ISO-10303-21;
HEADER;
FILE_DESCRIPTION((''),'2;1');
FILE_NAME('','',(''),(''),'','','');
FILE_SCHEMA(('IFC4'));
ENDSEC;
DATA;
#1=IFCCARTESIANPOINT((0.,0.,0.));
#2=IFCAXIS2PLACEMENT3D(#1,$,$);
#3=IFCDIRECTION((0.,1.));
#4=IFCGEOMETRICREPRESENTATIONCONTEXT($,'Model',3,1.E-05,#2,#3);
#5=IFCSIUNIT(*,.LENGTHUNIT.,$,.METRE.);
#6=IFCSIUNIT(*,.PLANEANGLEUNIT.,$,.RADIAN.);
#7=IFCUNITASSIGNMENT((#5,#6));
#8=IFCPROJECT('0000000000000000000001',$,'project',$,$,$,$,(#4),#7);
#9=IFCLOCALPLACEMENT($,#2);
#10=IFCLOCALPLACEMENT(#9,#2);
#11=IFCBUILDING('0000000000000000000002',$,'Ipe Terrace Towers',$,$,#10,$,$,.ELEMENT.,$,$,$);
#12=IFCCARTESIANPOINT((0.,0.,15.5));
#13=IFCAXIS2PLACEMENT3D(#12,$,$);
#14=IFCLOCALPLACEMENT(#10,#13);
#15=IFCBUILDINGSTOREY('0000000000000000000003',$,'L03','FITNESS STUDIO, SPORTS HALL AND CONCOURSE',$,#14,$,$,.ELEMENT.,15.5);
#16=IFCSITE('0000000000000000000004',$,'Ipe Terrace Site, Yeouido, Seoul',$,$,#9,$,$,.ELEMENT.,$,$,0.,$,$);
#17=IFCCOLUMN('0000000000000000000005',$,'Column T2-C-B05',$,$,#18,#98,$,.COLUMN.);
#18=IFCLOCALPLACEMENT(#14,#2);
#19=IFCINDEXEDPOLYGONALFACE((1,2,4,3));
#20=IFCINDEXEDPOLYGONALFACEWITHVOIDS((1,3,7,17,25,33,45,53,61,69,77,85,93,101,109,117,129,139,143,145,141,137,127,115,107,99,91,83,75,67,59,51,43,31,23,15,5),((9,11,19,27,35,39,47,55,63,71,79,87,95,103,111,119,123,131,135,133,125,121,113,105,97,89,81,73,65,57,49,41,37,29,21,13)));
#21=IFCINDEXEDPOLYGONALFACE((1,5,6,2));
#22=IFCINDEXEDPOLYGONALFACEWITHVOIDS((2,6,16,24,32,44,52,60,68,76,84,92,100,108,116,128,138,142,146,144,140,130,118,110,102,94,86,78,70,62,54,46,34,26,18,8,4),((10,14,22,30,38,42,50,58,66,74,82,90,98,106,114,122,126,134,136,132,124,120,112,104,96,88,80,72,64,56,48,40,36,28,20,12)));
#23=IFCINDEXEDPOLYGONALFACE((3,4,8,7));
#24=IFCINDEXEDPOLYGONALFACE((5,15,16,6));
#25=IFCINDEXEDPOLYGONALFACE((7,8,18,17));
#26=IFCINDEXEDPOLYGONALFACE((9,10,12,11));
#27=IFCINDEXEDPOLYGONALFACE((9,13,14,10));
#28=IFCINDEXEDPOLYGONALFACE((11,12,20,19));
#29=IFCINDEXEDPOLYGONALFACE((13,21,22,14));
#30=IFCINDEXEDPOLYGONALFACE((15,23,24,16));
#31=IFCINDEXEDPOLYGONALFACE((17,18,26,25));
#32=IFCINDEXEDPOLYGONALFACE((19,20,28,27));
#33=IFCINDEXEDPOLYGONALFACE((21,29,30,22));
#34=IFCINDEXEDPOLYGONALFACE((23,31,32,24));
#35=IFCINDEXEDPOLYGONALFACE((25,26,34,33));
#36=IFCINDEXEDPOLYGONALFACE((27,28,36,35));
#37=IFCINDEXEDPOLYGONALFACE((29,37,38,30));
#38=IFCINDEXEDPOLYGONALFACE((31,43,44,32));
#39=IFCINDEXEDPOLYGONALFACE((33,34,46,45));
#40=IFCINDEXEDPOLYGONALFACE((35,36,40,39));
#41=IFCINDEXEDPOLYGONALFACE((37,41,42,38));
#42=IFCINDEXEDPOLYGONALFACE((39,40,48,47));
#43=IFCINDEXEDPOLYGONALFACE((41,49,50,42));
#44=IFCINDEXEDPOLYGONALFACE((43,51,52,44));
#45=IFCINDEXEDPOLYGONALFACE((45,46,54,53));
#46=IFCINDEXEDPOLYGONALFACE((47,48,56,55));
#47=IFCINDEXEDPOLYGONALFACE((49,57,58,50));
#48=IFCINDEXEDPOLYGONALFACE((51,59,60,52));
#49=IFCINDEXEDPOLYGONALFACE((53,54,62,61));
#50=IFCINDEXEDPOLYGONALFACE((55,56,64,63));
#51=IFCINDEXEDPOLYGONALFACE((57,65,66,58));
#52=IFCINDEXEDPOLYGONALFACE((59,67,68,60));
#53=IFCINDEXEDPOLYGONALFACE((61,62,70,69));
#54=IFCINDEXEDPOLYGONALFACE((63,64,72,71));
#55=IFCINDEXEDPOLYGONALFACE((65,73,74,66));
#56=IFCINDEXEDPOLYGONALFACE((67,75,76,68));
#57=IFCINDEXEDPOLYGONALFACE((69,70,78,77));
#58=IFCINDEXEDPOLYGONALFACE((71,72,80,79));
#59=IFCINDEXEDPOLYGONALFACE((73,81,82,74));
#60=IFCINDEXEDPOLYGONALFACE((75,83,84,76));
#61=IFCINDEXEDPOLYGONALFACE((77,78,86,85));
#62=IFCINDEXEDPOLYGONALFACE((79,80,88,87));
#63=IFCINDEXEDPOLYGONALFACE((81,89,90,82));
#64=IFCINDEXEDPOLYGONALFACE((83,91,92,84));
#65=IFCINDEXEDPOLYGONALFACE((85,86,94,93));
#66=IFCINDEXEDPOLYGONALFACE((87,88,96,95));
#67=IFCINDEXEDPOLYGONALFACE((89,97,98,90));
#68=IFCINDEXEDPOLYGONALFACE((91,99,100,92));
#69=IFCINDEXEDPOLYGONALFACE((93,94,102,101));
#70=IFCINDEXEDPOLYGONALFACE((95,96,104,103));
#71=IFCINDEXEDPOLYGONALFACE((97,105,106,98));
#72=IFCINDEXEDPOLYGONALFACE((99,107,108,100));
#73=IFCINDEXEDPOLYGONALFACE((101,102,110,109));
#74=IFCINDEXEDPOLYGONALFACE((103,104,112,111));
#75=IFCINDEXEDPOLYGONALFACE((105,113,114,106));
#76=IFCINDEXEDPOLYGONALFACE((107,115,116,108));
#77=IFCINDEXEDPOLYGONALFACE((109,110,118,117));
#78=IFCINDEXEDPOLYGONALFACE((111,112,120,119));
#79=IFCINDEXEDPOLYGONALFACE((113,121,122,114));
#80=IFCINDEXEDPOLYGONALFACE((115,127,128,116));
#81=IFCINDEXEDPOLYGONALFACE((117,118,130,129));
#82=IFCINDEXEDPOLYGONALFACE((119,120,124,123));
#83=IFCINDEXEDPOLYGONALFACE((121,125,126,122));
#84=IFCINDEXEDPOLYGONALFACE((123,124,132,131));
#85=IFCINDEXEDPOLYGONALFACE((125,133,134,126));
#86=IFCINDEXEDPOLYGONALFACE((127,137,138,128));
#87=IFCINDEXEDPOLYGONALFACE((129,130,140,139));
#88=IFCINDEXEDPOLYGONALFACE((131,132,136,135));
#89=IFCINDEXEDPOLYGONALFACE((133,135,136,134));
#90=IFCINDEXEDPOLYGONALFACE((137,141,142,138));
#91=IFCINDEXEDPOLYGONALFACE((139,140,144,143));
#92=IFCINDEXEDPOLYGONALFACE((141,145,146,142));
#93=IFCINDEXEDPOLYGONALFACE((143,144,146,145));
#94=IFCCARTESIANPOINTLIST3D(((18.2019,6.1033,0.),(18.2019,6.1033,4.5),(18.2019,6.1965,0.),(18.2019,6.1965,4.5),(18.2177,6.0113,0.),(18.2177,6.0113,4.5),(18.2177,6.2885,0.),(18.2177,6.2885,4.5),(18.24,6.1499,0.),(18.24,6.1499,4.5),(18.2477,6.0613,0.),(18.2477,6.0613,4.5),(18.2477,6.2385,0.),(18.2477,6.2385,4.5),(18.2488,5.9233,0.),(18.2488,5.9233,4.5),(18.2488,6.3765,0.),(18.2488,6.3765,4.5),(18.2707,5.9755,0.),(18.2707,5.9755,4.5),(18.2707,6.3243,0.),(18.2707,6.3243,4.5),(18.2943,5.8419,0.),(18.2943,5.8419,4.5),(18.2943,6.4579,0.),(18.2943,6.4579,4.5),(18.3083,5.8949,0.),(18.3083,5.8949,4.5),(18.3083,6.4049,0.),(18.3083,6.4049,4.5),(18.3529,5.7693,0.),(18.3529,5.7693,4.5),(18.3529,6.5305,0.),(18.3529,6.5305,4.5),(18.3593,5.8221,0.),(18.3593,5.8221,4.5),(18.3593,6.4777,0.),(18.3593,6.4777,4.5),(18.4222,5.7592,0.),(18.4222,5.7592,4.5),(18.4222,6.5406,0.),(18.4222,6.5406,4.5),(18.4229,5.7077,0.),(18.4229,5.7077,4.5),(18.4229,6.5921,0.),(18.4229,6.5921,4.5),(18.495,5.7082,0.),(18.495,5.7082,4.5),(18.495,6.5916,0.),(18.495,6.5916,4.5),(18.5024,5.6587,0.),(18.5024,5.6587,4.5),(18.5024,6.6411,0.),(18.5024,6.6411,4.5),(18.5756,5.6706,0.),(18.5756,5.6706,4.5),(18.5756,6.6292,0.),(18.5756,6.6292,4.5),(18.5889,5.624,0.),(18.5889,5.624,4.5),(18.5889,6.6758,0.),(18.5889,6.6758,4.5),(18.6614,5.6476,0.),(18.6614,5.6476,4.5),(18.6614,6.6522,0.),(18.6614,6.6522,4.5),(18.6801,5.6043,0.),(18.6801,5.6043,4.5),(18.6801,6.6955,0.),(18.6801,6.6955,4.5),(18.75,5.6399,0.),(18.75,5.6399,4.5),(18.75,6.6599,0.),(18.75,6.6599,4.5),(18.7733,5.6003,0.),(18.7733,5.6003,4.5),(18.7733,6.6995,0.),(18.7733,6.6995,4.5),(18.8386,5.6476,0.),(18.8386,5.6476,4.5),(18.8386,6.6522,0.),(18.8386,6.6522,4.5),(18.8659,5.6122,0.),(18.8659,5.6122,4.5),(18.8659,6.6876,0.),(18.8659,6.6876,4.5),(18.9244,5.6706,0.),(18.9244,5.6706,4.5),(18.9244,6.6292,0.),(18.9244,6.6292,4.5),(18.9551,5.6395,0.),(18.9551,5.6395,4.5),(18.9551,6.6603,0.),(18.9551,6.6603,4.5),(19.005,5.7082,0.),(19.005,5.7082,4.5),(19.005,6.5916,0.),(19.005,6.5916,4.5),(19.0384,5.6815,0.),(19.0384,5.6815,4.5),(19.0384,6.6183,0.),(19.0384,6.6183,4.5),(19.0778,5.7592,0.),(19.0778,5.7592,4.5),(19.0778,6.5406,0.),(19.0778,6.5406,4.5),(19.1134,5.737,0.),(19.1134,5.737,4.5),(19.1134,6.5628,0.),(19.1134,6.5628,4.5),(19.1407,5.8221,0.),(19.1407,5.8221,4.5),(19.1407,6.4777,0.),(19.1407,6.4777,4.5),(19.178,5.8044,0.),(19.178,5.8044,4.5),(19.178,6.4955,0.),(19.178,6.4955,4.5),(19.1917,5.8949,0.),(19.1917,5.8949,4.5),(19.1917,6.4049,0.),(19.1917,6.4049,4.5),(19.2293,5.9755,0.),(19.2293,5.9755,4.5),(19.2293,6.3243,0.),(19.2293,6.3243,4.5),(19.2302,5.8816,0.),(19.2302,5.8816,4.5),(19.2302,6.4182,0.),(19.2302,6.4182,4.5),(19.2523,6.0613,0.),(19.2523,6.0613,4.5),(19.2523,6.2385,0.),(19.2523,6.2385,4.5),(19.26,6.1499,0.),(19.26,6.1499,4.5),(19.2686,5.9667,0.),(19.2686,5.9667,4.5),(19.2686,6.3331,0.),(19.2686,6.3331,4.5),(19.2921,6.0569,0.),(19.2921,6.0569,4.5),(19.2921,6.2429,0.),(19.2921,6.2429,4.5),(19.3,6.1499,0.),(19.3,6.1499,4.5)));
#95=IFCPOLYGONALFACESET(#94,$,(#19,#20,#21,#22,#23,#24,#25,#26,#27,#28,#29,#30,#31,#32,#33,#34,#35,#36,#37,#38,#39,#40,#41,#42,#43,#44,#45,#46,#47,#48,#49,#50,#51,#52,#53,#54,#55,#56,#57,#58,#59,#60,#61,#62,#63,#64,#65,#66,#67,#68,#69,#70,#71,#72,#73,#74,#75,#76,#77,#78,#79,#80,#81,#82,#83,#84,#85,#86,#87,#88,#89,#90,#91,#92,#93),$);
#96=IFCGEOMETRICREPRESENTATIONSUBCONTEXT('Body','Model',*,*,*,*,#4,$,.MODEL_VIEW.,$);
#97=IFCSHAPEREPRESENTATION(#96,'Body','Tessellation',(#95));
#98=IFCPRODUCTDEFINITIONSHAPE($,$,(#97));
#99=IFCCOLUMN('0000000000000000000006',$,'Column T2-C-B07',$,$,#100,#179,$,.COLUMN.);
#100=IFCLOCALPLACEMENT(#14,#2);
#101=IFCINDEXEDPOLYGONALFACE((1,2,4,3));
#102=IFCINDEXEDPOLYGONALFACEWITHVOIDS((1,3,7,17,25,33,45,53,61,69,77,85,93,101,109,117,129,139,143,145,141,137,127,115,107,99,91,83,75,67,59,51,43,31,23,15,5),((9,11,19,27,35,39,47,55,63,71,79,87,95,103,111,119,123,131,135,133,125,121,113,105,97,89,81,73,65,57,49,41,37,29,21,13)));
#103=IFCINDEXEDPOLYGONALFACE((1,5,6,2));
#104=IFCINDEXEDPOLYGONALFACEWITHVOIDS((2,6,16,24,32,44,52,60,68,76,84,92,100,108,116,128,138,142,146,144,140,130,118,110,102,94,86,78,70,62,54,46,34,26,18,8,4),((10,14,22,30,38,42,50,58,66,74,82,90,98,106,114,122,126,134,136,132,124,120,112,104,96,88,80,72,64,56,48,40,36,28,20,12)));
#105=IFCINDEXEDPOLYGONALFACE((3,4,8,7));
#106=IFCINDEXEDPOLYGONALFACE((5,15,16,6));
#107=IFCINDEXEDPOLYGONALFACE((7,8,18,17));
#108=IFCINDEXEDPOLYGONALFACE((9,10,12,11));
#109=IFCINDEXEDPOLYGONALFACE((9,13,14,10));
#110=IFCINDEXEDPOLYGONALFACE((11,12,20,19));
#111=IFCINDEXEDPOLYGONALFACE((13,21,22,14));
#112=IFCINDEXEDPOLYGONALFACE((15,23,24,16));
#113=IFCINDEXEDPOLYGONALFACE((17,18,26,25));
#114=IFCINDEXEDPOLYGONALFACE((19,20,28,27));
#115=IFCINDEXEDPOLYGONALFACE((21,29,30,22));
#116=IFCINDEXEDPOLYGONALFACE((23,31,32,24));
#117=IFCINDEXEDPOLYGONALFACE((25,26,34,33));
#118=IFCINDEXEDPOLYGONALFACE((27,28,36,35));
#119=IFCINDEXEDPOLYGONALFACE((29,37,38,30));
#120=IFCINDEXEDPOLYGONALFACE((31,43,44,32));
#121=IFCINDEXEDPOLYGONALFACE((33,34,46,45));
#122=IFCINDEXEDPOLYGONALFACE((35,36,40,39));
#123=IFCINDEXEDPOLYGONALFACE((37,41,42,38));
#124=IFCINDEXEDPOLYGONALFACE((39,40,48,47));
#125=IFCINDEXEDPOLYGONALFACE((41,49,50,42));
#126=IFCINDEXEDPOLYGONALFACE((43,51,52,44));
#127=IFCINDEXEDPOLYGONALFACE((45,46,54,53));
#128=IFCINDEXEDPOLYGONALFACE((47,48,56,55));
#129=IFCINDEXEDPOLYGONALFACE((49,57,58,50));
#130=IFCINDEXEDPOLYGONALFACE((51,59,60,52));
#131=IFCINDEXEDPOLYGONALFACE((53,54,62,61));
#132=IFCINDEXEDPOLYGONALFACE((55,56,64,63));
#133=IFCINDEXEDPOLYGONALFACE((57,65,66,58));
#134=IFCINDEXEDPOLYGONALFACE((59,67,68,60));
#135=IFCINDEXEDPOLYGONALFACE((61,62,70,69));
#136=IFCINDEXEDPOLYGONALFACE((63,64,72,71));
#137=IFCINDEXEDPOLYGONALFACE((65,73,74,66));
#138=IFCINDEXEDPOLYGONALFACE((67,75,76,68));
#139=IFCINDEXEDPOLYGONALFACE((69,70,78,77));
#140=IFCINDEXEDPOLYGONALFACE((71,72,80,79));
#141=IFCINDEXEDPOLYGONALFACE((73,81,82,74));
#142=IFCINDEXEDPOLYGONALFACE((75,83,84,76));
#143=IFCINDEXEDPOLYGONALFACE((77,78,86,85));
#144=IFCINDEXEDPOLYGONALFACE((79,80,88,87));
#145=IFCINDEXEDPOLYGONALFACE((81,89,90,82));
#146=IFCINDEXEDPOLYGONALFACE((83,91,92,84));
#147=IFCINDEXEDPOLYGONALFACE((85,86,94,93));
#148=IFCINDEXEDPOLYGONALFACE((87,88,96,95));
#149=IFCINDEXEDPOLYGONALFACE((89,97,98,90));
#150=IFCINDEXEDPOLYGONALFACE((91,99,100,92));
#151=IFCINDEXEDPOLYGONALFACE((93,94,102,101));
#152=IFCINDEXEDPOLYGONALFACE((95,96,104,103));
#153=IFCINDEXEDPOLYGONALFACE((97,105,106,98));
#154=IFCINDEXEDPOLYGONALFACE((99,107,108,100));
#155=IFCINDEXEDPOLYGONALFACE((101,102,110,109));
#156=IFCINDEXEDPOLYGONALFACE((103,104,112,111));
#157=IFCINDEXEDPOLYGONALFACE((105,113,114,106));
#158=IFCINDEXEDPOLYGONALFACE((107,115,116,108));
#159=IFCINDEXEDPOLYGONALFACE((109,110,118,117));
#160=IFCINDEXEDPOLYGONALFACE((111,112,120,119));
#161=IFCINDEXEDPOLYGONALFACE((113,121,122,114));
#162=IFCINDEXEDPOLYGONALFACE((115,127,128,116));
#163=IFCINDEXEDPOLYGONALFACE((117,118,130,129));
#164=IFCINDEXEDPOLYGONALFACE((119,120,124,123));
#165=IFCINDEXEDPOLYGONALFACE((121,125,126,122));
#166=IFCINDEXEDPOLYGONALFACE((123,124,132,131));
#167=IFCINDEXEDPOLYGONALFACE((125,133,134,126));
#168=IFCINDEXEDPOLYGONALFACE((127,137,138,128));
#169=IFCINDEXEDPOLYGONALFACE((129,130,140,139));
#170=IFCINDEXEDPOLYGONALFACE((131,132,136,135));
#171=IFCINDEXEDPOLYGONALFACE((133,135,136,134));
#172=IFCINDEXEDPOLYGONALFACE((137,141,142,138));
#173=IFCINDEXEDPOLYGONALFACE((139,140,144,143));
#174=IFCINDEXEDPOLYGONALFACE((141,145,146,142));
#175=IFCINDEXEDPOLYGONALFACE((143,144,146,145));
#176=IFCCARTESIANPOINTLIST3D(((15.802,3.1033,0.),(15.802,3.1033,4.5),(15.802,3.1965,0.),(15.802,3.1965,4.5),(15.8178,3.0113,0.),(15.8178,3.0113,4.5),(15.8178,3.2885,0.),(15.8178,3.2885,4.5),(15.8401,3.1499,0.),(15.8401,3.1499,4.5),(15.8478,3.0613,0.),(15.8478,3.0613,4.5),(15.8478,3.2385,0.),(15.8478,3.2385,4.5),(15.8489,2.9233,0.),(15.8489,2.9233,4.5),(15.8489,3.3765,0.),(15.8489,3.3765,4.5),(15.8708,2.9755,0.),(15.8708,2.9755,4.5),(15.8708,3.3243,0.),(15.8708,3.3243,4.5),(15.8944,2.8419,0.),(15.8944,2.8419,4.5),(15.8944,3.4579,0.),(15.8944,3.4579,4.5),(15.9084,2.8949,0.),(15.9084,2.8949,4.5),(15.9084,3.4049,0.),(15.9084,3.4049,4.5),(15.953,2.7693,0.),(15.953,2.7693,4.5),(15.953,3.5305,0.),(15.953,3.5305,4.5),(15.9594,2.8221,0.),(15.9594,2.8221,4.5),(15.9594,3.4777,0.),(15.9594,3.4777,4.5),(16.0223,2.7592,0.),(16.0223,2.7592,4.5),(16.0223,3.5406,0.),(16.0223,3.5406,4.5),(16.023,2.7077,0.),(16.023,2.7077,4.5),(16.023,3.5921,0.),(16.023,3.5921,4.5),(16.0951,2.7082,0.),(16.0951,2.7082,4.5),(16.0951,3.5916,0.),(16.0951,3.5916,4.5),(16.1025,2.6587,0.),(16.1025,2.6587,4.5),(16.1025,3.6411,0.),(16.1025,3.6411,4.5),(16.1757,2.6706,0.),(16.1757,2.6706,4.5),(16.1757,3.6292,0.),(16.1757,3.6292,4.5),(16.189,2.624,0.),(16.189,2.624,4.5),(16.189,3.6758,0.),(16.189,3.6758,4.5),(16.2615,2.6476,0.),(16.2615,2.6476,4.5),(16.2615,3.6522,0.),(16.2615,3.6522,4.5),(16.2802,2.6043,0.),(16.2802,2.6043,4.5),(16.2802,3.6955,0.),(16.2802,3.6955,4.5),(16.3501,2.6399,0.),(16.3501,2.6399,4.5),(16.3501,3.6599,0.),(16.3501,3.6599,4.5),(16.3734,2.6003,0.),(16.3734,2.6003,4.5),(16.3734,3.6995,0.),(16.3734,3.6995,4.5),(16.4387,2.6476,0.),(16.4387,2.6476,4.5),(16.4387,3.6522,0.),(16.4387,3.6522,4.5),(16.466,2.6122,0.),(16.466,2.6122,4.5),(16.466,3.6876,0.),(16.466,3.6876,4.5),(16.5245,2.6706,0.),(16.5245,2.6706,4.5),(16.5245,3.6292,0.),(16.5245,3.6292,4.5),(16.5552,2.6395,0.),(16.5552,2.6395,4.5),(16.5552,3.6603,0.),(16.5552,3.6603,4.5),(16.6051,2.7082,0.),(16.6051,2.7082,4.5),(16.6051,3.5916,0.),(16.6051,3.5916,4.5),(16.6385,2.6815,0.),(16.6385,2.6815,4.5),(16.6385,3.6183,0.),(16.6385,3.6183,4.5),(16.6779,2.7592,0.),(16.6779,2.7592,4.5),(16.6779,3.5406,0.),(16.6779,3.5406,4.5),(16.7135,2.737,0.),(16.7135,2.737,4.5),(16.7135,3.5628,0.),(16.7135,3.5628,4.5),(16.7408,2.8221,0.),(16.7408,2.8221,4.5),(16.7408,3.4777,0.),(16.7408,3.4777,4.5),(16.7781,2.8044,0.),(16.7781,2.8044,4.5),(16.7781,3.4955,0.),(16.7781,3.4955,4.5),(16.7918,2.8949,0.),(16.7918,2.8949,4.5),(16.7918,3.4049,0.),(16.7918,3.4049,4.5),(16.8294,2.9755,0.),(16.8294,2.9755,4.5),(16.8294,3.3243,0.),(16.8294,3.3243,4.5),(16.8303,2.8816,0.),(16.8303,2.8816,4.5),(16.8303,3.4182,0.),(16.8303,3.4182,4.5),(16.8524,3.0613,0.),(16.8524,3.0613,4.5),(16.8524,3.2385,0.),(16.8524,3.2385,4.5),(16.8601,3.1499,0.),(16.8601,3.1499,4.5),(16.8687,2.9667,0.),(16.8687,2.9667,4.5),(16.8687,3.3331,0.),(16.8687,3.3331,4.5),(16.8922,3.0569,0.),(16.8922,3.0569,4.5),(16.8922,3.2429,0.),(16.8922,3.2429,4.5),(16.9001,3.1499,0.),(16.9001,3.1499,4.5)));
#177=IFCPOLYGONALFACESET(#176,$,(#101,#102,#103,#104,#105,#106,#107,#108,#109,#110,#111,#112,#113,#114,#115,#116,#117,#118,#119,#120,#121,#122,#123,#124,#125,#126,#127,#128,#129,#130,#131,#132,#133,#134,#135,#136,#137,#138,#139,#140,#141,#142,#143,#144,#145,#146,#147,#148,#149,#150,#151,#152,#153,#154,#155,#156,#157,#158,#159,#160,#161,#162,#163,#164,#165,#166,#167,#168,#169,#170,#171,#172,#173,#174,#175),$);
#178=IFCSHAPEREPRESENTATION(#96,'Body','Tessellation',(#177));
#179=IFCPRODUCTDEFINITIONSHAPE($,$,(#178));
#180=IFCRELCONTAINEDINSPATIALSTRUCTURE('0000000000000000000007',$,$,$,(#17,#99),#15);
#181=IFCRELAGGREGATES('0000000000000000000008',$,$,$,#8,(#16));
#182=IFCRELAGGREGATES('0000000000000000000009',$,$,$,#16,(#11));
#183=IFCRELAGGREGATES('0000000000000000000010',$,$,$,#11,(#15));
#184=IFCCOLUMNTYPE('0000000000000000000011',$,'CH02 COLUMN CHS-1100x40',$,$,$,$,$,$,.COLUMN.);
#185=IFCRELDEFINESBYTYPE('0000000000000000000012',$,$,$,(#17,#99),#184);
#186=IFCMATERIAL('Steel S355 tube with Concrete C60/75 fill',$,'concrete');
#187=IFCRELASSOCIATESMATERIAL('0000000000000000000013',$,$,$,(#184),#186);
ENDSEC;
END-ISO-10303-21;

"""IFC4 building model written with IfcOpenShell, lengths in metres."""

from ifc_helpers import new_model, si_unit, direction, frame, origin, origin_2d, place, context, subcontext, project, spatial, hollow_circle, extrude, material, material_profile, profile_set, type_object, element, save


model = new_model("IFC4")

# Units and contexts
model_context = context("Model", 3, precision=1e-05, world=origin(), true_north=direction((0.0, 1.0)))
body_context = subcontext(model_context, "Body", "Model", "MODEL_VIEW")
ifc_project = project(units=[si_unit("LENGTHUNIT", "METRE"), si_unit("PLANEANGLEUNIT", "RADIAN")], contexts=[model_context])

# Site, building, storey
site_placement = place(None, origin())
site = spatial("IfcSite", under=ifc_project, at=site_placement, Name="Ipe Terrace Site, Yeouido, Seoul", CompositionType="ELEMENT", RefElevation=0.0)
building_placement = place(site_placement, origin())
building = spatial("IfcBuilding", under=site, at=building_placement, Name="Ipe Terrace Towers", CompositionType="ELEMENT")
storey_placement = place(building_placement, frame((0.0, 0.0, 15.5)))
storey = spatial("IfcBuildingStorey", under=building, at=storey_placement, Name="L03", Description="FITNESS STUDIO, SPORTS HALL AND CONCOURSE", CompositionType="ELEMENT", Elevation=15.5)

# Columns
ifc_material_1 = material(Name="Steel S355 tube with Concrete C60/75 fill", Category="concrete")
ifc_material_profile_1 = material_profile(ifc_material_1, hollow_circle(Radius=0.55, WallThickness=0.04, at=origin_2d()), Name="CHS-1100x40")
ifc_profile_set_1 = profile_set([ifc_material_profile_1], Name="Steel S355 tube with Concrete C60/75 fill")
column_type_1 = type_object("IfcColumnType", Name="CH02 COLUMN CHS-1100x40", PredefinedType="COLUMN", material=ifc_profile_set_1)
for number, where, z_axis, x_axis, name in (
    (1, (18.75, 6.1499, 0.0), (0.0, 0.0, 1.0), (1.0, 0.0, 0.0), "Column T2-C-B05"),
    (2, (16.3501, 3.1499, 0.0), (0.0, 0.0, 1.0), (1.0, 0.0, 0.0), "Column T2-C-B07"),
):
    element("IfcColumn", number, at=place(storey_placement, frame(where, z_axis=z_axis, x_axis=x_axis)), inside=storey, type_object=column_type_1, Name=name, PredefinedType="COLUMN", context=body_context, shape_type="SweptSolid", body=[
        extrude(hollow_circle(Radius=0.55, WallThickness=0.04, at=origin_2d()), origin(), (0.0, 0.0, 1.0), 4.5),
    ])

save(model, "model.ifc")
